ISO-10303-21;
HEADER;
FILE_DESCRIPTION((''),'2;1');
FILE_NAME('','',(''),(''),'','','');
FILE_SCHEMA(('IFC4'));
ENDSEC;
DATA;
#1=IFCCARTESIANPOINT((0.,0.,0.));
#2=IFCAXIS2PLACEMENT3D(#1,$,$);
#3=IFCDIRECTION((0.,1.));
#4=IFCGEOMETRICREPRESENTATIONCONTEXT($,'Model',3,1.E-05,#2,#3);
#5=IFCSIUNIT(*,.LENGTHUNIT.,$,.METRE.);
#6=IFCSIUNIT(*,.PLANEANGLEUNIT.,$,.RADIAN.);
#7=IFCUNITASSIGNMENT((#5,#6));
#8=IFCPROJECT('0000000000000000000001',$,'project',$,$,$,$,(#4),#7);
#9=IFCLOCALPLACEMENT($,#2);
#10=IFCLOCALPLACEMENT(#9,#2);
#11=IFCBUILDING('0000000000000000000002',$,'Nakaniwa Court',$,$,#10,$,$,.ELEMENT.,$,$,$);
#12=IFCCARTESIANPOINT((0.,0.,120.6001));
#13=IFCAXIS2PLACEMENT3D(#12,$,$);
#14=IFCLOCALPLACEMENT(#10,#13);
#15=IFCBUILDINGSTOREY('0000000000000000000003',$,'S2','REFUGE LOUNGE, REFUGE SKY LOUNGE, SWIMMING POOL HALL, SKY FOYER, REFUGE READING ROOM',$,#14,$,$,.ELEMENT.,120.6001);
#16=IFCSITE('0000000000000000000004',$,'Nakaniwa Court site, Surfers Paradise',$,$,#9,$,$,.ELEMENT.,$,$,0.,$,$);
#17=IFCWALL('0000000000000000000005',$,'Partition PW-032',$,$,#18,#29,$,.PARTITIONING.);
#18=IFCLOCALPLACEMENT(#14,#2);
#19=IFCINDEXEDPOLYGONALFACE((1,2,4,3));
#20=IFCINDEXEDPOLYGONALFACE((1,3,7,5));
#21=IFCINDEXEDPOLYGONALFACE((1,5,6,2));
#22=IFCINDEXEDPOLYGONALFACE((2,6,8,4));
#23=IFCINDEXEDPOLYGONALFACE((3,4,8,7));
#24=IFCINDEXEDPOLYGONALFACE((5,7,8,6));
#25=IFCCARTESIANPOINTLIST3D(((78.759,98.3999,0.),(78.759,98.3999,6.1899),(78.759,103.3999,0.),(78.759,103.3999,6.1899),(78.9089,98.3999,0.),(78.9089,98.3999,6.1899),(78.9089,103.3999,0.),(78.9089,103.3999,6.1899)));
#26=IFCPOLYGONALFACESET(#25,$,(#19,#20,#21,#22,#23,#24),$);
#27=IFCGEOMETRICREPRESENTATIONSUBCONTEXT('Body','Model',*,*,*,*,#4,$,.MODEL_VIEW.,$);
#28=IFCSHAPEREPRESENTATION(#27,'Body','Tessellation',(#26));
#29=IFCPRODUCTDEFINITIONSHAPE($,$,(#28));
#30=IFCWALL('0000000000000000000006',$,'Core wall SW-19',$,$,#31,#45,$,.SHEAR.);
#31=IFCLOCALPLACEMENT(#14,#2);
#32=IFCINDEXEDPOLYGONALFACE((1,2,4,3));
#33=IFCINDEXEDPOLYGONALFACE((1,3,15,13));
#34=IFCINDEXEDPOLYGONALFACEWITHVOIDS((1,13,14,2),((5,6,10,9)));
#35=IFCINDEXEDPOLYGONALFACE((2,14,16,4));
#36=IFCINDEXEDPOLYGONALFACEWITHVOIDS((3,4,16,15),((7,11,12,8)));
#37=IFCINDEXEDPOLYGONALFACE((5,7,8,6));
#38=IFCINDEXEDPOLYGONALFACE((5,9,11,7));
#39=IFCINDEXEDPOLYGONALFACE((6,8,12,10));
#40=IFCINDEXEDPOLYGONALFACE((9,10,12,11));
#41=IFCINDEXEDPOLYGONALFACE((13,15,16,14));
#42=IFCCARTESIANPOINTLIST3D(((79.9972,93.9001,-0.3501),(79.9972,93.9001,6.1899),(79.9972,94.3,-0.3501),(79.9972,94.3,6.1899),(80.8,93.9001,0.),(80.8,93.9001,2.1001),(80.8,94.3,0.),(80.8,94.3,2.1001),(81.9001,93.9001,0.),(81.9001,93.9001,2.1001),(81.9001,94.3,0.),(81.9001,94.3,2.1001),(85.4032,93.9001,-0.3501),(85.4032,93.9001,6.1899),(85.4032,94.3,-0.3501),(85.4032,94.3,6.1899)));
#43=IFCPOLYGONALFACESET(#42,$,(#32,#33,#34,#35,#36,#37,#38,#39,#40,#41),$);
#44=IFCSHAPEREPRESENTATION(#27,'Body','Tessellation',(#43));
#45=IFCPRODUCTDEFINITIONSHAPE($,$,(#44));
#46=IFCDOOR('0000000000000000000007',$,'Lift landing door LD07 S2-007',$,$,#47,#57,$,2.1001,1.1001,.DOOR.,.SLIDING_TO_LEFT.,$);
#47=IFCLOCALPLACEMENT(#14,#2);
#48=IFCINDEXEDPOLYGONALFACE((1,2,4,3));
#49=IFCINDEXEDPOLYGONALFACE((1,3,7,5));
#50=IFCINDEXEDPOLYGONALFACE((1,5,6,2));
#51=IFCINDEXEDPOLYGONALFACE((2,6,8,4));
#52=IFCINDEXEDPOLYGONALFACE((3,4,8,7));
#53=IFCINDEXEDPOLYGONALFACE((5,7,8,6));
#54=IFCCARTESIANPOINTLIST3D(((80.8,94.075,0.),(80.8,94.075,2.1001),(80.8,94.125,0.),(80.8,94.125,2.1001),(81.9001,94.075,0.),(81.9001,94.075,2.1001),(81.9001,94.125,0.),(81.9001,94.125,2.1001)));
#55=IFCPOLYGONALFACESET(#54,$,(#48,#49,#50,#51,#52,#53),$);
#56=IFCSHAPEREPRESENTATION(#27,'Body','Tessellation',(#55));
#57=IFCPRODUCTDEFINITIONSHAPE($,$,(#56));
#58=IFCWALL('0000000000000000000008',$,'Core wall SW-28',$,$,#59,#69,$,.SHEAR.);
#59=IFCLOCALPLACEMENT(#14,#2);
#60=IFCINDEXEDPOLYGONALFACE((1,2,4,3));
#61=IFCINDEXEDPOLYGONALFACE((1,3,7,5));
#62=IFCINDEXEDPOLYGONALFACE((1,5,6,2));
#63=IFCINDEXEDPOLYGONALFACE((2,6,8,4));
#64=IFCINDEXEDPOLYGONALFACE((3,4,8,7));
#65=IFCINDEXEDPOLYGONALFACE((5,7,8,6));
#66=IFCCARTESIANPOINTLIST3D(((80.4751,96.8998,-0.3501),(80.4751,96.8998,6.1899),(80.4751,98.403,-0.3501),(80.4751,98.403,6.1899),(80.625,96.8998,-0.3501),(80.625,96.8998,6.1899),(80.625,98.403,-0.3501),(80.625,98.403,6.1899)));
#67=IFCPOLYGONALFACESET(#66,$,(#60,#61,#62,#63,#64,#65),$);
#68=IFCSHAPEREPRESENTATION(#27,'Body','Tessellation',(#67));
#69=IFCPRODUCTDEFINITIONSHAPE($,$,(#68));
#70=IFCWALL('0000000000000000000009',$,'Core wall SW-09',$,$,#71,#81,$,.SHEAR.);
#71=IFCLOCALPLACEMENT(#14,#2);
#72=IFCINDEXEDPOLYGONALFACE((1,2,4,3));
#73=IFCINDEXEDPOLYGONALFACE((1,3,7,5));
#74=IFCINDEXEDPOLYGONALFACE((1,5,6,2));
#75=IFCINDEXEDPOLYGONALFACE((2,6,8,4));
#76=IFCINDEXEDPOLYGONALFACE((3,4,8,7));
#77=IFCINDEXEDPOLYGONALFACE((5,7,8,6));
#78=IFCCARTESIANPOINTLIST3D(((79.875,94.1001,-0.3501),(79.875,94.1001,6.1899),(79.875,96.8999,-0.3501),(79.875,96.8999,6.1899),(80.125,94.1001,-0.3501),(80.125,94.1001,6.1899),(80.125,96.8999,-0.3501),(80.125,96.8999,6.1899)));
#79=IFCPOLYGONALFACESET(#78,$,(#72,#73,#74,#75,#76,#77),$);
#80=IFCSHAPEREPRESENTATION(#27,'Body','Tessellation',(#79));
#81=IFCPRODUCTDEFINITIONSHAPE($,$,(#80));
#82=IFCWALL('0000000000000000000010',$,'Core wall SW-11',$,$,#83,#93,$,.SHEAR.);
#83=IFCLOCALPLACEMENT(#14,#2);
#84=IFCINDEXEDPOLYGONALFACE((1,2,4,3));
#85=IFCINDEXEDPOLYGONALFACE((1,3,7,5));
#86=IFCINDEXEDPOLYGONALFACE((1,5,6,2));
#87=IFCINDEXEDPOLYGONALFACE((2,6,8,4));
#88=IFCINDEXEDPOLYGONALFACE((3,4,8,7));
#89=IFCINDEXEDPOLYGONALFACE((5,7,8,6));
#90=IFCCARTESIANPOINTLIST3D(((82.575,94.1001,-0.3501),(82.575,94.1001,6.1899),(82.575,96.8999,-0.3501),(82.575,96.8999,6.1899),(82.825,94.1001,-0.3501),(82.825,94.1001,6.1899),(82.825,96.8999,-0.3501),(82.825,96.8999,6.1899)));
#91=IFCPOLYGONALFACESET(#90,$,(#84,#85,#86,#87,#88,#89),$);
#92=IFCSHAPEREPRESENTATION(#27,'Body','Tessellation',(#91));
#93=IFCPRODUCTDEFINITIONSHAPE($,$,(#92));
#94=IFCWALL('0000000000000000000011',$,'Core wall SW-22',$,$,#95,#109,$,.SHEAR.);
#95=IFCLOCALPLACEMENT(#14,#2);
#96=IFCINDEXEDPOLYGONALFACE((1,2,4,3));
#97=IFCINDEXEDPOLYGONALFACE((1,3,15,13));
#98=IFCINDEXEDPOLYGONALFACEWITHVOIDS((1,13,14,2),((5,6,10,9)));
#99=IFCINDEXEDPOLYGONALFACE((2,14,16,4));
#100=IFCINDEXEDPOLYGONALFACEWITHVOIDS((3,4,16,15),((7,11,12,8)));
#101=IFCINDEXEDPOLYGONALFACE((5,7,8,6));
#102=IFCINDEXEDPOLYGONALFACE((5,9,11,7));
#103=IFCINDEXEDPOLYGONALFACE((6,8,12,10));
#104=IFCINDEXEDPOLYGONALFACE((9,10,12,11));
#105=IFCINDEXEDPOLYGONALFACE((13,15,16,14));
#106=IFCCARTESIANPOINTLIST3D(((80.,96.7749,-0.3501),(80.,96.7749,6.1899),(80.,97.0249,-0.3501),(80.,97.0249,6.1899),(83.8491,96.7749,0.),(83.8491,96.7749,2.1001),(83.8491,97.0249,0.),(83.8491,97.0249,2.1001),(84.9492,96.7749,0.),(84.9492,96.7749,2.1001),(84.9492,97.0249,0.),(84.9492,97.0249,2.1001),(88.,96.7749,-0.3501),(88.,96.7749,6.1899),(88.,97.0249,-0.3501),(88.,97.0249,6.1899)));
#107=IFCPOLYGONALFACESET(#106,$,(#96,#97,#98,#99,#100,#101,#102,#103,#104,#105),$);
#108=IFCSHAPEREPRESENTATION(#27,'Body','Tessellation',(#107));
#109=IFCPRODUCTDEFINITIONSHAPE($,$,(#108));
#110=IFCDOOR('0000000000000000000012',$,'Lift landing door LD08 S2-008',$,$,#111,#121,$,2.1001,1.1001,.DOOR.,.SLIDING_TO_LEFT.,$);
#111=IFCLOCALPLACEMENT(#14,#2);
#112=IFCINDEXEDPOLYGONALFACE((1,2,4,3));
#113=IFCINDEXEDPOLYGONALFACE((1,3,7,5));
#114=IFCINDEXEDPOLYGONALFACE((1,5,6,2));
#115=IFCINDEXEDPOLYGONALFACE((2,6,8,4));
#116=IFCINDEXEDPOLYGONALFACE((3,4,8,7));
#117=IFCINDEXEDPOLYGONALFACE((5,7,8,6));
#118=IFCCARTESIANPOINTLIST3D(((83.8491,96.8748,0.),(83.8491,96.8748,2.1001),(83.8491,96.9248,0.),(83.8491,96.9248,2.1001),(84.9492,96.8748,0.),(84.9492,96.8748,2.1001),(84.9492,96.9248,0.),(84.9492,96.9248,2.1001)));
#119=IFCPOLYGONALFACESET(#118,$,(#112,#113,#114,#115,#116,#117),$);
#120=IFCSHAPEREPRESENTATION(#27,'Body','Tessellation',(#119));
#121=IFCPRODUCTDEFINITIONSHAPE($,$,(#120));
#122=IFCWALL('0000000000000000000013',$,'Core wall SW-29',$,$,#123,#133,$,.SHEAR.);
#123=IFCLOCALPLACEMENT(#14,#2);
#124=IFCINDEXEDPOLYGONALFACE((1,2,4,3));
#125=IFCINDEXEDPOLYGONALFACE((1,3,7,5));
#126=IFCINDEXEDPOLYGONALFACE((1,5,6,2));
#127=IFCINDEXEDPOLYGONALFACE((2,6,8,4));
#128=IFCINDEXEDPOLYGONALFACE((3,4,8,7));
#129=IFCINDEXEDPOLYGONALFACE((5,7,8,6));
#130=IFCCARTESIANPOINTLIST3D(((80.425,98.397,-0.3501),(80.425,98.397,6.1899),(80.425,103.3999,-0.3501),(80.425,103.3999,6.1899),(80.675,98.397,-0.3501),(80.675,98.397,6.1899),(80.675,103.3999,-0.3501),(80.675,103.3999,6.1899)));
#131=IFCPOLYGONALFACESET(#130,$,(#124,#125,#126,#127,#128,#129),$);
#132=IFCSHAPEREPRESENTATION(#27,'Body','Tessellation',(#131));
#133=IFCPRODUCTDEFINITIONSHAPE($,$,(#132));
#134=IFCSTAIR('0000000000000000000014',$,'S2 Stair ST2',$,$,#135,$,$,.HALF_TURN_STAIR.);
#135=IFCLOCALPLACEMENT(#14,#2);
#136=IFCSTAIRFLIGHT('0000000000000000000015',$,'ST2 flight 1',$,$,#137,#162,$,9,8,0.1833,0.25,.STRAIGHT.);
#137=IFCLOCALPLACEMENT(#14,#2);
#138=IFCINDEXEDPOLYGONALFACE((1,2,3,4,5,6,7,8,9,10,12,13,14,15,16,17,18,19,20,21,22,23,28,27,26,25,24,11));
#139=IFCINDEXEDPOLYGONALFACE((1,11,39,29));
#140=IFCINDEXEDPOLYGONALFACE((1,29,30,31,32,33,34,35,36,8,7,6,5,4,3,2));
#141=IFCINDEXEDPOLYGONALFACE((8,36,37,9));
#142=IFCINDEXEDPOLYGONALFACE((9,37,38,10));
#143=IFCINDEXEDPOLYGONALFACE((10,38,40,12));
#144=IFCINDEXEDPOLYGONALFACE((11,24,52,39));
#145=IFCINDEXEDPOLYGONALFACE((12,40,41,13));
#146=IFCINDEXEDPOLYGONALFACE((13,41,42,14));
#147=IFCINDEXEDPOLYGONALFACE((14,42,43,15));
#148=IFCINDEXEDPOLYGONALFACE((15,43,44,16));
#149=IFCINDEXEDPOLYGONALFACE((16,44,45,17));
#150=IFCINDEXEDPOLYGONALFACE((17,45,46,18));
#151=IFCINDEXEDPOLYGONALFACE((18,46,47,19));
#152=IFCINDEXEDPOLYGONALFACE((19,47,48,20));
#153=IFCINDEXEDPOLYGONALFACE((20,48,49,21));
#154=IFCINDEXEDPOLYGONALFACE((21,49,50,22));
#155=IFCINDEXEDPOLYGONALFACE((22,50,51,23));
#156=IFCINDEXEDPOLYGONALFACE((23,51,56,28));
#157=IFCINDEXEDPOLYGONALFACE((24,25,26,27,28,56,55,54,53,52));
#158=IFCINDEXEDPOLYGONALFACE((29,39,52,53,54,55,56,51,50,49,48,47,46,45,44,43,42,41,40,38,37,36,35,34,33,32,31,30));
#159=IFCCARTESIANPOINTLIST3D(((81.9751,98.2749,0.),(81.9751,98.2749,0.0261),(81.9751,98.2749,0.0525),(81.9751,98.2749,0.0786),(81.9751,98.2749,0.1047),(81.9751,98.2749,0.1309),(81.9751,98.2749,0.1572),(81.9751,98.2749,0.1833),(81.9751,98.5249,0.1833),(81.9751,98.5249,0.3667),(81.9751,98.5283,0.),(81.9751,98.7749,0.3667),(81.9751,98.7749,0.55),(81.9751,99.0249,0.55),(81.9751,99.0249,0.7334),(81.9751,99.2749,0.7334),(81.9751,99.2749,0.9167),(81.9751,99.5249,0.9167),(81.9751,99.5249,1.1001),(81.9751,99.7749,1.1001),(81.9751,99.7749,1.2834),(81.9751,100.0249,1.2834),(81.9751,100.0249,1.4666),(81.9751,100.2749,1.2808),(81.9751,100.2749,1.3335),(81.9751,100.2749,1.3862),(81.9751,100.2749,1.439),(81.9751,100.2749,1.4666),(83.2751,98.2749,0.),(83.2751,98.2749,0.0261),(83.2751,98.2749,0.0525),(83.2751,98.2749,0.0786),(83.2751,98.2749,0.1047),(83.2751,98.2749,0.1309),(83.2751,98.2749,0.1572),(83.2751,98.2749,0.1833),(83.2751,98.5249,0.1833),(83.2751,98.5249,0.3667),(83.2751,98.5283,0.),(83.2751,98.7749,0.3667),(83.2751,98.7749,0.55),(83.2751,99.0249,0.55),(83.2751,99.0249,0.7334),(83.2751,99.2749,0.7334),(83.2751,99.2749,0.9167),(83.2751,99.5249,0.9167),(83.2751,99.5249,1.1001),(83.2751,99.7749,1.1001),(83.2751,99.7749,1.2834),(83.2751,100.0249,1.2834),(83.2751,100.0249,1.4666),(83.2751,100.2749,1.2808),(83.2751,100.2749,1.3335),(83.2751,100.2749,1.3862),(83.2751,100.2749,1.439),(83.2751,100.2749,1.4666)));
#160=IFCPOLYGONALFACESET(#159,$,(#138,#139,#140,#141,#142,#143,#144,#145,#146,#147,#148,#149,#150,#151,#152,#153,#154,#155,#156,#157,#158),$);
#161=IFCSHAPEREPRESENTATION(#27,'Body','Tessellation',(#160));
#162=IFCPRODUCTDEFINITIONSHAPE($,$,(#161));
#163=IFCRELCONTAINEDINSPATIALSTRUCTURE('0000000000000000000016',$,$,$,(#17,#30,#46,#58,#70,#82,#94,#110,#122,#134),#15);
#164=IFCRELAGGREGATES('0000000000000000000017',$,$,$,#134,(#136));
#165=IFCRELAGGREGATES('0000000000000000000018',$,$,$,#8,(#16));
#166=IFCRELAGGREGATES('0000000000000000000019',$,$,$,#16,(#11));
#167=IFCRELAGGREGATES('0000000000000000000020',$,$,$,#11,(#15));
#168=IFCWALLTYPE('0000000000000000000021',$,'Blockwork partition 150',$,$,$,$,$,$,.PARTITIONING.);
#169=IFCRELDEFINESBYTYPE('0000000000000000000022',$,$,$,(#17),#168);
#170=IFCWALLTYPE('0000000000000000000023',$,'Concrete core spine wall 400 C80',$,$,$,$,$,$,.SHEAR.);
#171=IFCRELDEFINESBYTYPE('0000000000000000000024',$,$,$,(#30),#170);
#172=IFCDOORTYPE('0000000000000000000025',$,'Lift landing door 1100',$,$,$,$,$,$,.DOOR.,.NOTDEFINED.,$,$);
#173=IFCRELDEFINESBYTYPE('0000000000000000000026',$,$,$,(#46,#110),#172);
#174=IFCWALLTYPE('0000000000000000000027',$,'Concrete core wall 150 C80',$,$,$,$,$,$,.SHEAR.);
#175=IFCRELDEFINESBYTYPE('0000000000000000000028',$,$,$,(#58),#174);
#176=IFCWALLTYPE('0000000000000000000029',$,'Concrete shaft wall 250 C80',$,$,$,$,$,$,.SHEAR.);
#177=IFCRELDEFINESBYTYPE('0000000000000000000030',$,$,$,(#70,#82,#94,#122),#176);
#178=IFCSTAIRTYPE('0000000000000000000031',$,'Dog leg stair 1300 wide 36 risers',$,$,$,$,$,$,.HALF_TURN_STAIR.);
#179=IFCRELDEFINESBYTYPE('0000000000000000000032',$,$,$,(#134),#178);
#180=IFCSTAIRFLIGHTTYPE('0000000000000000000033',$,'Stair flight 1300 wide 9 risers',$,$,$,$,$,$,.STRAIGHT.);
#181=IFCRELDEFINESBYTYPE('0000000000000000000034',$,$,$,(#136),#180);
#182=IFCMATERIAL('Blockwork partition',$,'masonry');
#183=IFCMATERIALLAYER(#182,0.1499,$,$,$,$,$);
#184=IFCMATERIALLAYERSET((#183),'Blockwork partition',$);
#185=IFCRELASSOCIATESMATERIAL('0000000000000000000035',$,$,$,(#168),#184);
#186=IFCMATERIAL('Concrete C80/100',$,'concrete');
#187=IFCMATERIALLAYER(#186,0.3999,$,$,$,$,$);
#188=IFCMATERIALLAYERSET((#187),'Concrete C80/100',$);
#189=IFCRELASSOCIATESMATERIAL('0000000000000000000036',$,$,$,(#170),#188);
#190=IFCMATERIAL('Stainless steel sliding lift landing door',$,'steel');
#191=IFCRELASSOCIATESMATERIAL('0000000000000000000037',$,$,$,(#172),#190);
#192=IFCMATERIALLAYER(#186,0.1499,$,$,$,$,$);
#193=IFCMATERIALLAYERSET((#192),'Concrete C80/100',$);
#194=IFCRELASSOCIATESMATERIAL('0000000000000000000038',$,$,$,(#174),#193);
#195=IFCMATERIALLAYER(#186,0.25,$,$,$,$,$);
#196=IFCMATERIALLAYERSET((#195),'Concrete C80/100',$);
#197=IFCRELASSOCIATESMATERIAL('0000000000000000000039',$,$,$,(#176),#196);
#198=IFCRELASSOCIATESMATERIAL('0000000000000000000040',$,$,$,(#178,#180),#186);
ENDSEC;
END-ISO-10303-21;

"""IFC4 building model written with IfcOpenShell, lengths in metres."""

from ifc_helpers import new_model, si_unit, direction, frame, frame_2d, origin, place, context, subcontext, project, spatial, polyline, rectangle, outline, extrude, material, layer, layer_set, type_object, element, fill, aggregate, save


model = new_model("IFC4")

# Units and contexts
model_context = context("Model", 3, precision=1e-05, world=origin(), true_north=direction((0.0, 1.0)))
body_context = subcontext(model_context, "Body", "Model", "MODEL_VIEW")
ifc_project = project(units=[si_unit("LENGTHUNIT", "METRE"), si_unit("PLANEANGLEUNIT", "RADIAN")], contexts=[model_context])

# Site, building, storey
site_placement = place(None, origin())
site = spatial("IfcSite", under=ifc_project, at=site_placement, Name="Nakaniwa Court site, Surfers Paradise", CompositionType="ELEMENT", RefElevation=0.0)
building_placement = place(site_placement, origin())
building = spatial("IfcBuilding", under=site, at=building_placement, Name="Nakaniwa Court", CompositionType="ELEMENT")
storey_placement = place(building_placement, frame((0.0, 0.0, 120.6001)))
storey = spatial("IfcBuildingStorey", under=building, at=storey_placement, Name="S2", Description="REFUGE LOUNGE, REFUGE SKY LOUNGE, SWIMMING POOL HALL, SKY FOYER, REFUGE READING ROOM", CompositionType="ELEMENT", Elevation=120.6001)

# Wall
ifc_material_1 = material(Name="Blockwork partition", Category="masonry")
ifc_layer_1 = layer(ifc_material_1, 0.1499)
ifc_layer_set_1 = layer_set([ifc_layer_1], Name="Blockwork partition")
wall_type_1 = type_object("IfcWallType", Name="Blockwork partition 150", PredefinedType="PARTITIONING", material=ifc_layer_set_1)
wall_1_placement = place(storey_placement, frame((78.834, 98.3999, 0.0), z_axis=(0.0, 0.0, 1.0), x_axis=(0.0, 1.0, 0.0)))
element("IfcWall", 1, at=wall_1_placement, inside=storey, type_object=wall_type_1, Name="Partition PW-032", PredefinedType="PARTITIONING", context=body_context, shape_type="SweptSolid", body=[
    extrude(rectangle(XDim=5.0, YDim=0.1499, at=frame_2d((2.5, 0.0))), origin(), (0.0, 0.0, 1.0), 6.1899),
])

# Wall, opening, door
ifc_material_2 = material(Name="Concrete C80/100", Category="concrete")
ifc_layer_2 = layer(ifc_material_2, 0.3999)
ifc_layer_set_2 = layer_set([ifc_layer_2], Name="Concrete C80/100")
wall_type_2 = type_object("IfcWallType", Name="Concrete core spine wall 400 C80", PredefinedType="SHEAR", material=ifc_layer_set_2)
wall_2_placement = place(storey_placement, frame((79.9971, 94.1001, -0.3501), z_axis=(0.0, 0.0, 1.0), x_axis=(1.0, 0.0, 0.0)))
wall_2 = element("IfcWall", 2, at=wall_2_placement, inside=storey, type_object=wall_type_2, Name="Core wall SW-19", PredefinedType="SHEAR", context=body_context, shape_type="SweptSolid", body=[
    extrude(rectangle(XDim=5.406, YDim=0.3999, at=frame_2d((2.7031, 0.0))), origin(), (0.0, 0.0, 1.0), 6.54),
])
opening_1_placement = place(wall_2_placement, frame((0.803, 0.0, 0.3501)))
opening_1 = element("IfcOpeningElement", 3, at=opening_1_placement, cuts=wall_2, PredefinedType="OPENING", context=body_context, shape_type="SweptSolid", body=[
    extrude(rectangle(XDim=1.1001, YDim=2.1001, at=frame_2d((0.55, 1.05))), frame((0.0, 0.21, 0.0), z_axis=(0.0, -1.0, 0.0), x_axis=(1.0, 0.0, 0.0)), (0.0, 0.0, 1.0), 0.4199),
])
ifc_material_3 = material(Name="Stainless steel sliding lift landing door", Category="steel")
door_type = type_object("IfcDoorType", Name="Lift landing door 1100", OperationType="NOTDEFINED", PredefinedType="DOOR", material=ifc_material_3)
door_1_placement = place(opening_1_placement, origin())
door_1 = element("IfcDoor", 4, at=door_1_placement, inside=storey, type_object=door_type, Name="Lift landing door LD07 S2-007", OperationType="SLIDING_TO_LEFT", OverallHeight=2.1001, OverallWidth=1.1001, PredefinedType="DOOR", context=body_context, shape_type="SweptSolid", body=[
    extrude(rectangle(XDim=1.1001, YDim=2.1001, at=frame_2d((0.55, 1.05))), frame((0.0, 0.0249, 0.0), z_axis=(0.0, -1.0, 0.0), x_axis=(1.0, 0.0, 0.0)), (0.0, 0.0, 1.0), 0.05),
])
fill(opening_1, door_1)

# Walls
ifc_layer_3 = layer(ifc_material_2, 0.1499)
ifc_layer_set_3 = layer_set([ifc_layer_3], Name="Concrete C80/100")
wall_type_3 = type_object("IfcWallType", Name="Concrete core wall 150 C80", PredefinedType="SHEAR", material=ifc_layer_set_3)
wall_3_placement = place(storey_placement, frame((80.55, 96.8999, -0.3501), z_axis=(0.0, 0.0, 1.0), x_axis=(0.0, 1.0, 0.0)))
element("IfcWall", 5, at=wall_3_placement, inside=storey, type_object=wall_type_3, Name="Core wall SW-28", PredefinedType="SHEAR", context=body_context, shape_type="SweptSolid", body=[
    extrude(rectangle(XDim=1.5032, YDim=0.1499, at=frame_2d((0.7515, 0.0))), origin(), (0.0, 0.0, 1.0), 6.54),
])
ifc_layer_4 = layer(ifc_material_2, 0.25)
ifc_layer_set_4 = layer_set([ifc_layer_4], Name="Concrete C80/100")
wall_type_4 = type_object("IfcWallType", Name="Concrete shaft wall 250 C80", PredefinedType="SHEAR", material=ifc_layer_set_4)
for number, where, z_axis, x_axis, name in (
    (6, (80.0, 94.1001, -0.3501), (0.0, 0.0, 1.0), (0.0, 1.0, 0.0), "Core wall SW-09"),
    (7, (82.7, 94.1001, -0.3501), (0.0, 0.0, 1.0), (0.0, 1.0, 0.0), "Core wall SW-11"),
):
    element("IfcWall", number, at=place(storey_placement, frame(where, z_axis=z_axis, x_axis=x_axis)), inside=storey, type_object=wall_type_4, Name=name, PredefinedType="SHEAR", context=body_context, shape_type="SweptSolid", body=[
        extrude(rectangle(XDim=2.7998, YDim=0.25, at=frame_2d((1.3999, 0.0))), origin(), (0.0, 0.0, 1.0), 6.54),
    ])

# Wall, opening, door
wall_4_placement = place(storey_placement, frame((80.0, 96.8999, -0.3501), z_axis=(0.0, 0.0, 1.0), x_axis=(1.0, 0.0, 0.0)))
wall_4 = element("IfcWall", 8, at=wall_4_placement, inside=storey, type_object=wall_type_4, Name="Core wall SW-22", PredefinedType="SHEAR", context=body_context, shape_type="SweptSolid", body=[
    extrude(rectangle(XDim=8.0, YDim=0.25, at=frame_2d((4.0, 0.0))), origin(), (0.0, 0.0, 1.0), 6.54),
])
opening_2_placement = place(wall_4_placement, frame((3.8491, 0.0, 0.3501)))
opening_2 = element("IfcOpeningElement", 9, at=opening_2_placement, cuts=wall_4, PredefinedType="OPENING", context=body_context, shape_type="SweptSolid", body=[
    extrude(rectangle(XDim=1.1001, YDim=2.1001, at=frame_2d((0.55, 1.05))), frame((0.0, 0.135, 0.0), z_axis=(0.0, -1.0, 0.0), x_axis=(1.0, 0.0, 0.0)), (0.0, 0.0, 1.0), 0.27),
])
door_2_placement = place(opening_2_placement, origin())
door_2 = element("IfcDoor", 10, at=door_2_placement, inside=storey, type_object=door_type, Name="Lift landing door LD08 S2-008", OperationType="SLIDING_TO_LEFT", OverallHeight=2.1001, OverallWidth=1.1001, PredefinedType="DOOR", context=body_context, shape_type="SweptSolid", body=[
    extrude(rectangle(XDim=1.1001, YDim=2.1001, at=frame_2d((0.55, 1.05))), frame((0.0, 0.0249, 0.0), z_axis=(0.0, -1.0, 0.0), x_axis=(1.0, 0.0, 0.0)), (0.0, 0.0, 1.0), 0.05),
])
fill(opening_2, door_2)

# Wall
wall_5_placement = place(storey_placement, frame((80.55, 98.397, -0.3501), z_axis=(0.0, 0.0, 1.0), x_axis=(0.0, 1.0, 0.0)))
element("IfcWall", 11, at=wall_5_placement, inside=storey, type_object=wall_type_4, Name="Core wall SW-29", PredefinedType="SHEAR", context=body_context, shape_type="SweptSolid", body=[
    extrude(rectangle(XDim=5.0029, YDim=0.25, at=frame_2d((2.5015, 0.0))), origin(), (0.0, 0.0, 1.0), 6.54),
])

# Stair, stair flight
stair_type = type_object("IfcStairType", Name="Dog leg stair 1300 wide 36 risers", PredefinedType="HALF_TURN_STAIR", material=ifc_material_2)
stair_placement = place(storey_placement, origin())
stair = element("IfcStair", 12, at=stair_placement, inside=storey, type_object=stair_type, Name="S2 Stair ST2", PredefinedType="HALF_TURN_STAIR")
stair_flight_type = type_object("IfcStairFlightType", Name="Stair flight 1300 wide 9 risers", PredefinedType="STRAIGHT", material=ifc_material_2)
stair_flight_1_placement = place(storey_placement, frame((82.625, 98.2749, 0.0), z_axis=(0.0, 0.0, 1.0), x_axis=(0.0, 1.0, 0.0)))
stair_flight_1 = element("IfcStairFlight", 13, at=stair_flight_1_placement, type_object=stair_flight_type, Name="ST2 flight 1", NumberOfRisers=9, NumberOfTreads=8, PredefinedType="STRAIGHT", RiserHeight=0.1833, TreadLength=0.25, context=body_context, shape_type="SweptSolid", body=[
    extrude(outline(polyline([(0.0, 0.0), (0.0, 0.0261), (0.0, 0.0525), (0.0, 0.0786), (0.0, 0.1047), (0.0, 0.1309), (0.0, 0.1572), (0.0, 0.1833), (0.25, 0.1833), (0.25, 0.3667), (0.5, 0.3667), (0.5, 0.55), (0.75, 0.55), (0.75, 0.7334), (1.0, 0.7334), (1.0, 0.9167), (1.25, 0.9167), (1.25, 1.1001), (1.5, 1.1001), (1.5, 1.2834), (1.75, 1.2834), (1.75, 1.4666), (2.0, 1.4666), (2.0, 1.6499), (2.0, 1.5972), (2.0, 1.5444), (2.0, 1.4917), (2.0, 1.439), (2.0, 1.3862), (2.0, 1.3335), (2.0, 1.2808), (0.2534, 0.0), (0.0, 0.0)])), frame((0.0, 0.6499, 0.0), z_axis=(0.0, -1.0, 0.0), x_axis=(1.0, 0.0, 0.0)), (0.0, 0.0, 1.0), 1.3),
])
aggregate(stair, [stair_flight_1])

save(model, "model.ifc")
